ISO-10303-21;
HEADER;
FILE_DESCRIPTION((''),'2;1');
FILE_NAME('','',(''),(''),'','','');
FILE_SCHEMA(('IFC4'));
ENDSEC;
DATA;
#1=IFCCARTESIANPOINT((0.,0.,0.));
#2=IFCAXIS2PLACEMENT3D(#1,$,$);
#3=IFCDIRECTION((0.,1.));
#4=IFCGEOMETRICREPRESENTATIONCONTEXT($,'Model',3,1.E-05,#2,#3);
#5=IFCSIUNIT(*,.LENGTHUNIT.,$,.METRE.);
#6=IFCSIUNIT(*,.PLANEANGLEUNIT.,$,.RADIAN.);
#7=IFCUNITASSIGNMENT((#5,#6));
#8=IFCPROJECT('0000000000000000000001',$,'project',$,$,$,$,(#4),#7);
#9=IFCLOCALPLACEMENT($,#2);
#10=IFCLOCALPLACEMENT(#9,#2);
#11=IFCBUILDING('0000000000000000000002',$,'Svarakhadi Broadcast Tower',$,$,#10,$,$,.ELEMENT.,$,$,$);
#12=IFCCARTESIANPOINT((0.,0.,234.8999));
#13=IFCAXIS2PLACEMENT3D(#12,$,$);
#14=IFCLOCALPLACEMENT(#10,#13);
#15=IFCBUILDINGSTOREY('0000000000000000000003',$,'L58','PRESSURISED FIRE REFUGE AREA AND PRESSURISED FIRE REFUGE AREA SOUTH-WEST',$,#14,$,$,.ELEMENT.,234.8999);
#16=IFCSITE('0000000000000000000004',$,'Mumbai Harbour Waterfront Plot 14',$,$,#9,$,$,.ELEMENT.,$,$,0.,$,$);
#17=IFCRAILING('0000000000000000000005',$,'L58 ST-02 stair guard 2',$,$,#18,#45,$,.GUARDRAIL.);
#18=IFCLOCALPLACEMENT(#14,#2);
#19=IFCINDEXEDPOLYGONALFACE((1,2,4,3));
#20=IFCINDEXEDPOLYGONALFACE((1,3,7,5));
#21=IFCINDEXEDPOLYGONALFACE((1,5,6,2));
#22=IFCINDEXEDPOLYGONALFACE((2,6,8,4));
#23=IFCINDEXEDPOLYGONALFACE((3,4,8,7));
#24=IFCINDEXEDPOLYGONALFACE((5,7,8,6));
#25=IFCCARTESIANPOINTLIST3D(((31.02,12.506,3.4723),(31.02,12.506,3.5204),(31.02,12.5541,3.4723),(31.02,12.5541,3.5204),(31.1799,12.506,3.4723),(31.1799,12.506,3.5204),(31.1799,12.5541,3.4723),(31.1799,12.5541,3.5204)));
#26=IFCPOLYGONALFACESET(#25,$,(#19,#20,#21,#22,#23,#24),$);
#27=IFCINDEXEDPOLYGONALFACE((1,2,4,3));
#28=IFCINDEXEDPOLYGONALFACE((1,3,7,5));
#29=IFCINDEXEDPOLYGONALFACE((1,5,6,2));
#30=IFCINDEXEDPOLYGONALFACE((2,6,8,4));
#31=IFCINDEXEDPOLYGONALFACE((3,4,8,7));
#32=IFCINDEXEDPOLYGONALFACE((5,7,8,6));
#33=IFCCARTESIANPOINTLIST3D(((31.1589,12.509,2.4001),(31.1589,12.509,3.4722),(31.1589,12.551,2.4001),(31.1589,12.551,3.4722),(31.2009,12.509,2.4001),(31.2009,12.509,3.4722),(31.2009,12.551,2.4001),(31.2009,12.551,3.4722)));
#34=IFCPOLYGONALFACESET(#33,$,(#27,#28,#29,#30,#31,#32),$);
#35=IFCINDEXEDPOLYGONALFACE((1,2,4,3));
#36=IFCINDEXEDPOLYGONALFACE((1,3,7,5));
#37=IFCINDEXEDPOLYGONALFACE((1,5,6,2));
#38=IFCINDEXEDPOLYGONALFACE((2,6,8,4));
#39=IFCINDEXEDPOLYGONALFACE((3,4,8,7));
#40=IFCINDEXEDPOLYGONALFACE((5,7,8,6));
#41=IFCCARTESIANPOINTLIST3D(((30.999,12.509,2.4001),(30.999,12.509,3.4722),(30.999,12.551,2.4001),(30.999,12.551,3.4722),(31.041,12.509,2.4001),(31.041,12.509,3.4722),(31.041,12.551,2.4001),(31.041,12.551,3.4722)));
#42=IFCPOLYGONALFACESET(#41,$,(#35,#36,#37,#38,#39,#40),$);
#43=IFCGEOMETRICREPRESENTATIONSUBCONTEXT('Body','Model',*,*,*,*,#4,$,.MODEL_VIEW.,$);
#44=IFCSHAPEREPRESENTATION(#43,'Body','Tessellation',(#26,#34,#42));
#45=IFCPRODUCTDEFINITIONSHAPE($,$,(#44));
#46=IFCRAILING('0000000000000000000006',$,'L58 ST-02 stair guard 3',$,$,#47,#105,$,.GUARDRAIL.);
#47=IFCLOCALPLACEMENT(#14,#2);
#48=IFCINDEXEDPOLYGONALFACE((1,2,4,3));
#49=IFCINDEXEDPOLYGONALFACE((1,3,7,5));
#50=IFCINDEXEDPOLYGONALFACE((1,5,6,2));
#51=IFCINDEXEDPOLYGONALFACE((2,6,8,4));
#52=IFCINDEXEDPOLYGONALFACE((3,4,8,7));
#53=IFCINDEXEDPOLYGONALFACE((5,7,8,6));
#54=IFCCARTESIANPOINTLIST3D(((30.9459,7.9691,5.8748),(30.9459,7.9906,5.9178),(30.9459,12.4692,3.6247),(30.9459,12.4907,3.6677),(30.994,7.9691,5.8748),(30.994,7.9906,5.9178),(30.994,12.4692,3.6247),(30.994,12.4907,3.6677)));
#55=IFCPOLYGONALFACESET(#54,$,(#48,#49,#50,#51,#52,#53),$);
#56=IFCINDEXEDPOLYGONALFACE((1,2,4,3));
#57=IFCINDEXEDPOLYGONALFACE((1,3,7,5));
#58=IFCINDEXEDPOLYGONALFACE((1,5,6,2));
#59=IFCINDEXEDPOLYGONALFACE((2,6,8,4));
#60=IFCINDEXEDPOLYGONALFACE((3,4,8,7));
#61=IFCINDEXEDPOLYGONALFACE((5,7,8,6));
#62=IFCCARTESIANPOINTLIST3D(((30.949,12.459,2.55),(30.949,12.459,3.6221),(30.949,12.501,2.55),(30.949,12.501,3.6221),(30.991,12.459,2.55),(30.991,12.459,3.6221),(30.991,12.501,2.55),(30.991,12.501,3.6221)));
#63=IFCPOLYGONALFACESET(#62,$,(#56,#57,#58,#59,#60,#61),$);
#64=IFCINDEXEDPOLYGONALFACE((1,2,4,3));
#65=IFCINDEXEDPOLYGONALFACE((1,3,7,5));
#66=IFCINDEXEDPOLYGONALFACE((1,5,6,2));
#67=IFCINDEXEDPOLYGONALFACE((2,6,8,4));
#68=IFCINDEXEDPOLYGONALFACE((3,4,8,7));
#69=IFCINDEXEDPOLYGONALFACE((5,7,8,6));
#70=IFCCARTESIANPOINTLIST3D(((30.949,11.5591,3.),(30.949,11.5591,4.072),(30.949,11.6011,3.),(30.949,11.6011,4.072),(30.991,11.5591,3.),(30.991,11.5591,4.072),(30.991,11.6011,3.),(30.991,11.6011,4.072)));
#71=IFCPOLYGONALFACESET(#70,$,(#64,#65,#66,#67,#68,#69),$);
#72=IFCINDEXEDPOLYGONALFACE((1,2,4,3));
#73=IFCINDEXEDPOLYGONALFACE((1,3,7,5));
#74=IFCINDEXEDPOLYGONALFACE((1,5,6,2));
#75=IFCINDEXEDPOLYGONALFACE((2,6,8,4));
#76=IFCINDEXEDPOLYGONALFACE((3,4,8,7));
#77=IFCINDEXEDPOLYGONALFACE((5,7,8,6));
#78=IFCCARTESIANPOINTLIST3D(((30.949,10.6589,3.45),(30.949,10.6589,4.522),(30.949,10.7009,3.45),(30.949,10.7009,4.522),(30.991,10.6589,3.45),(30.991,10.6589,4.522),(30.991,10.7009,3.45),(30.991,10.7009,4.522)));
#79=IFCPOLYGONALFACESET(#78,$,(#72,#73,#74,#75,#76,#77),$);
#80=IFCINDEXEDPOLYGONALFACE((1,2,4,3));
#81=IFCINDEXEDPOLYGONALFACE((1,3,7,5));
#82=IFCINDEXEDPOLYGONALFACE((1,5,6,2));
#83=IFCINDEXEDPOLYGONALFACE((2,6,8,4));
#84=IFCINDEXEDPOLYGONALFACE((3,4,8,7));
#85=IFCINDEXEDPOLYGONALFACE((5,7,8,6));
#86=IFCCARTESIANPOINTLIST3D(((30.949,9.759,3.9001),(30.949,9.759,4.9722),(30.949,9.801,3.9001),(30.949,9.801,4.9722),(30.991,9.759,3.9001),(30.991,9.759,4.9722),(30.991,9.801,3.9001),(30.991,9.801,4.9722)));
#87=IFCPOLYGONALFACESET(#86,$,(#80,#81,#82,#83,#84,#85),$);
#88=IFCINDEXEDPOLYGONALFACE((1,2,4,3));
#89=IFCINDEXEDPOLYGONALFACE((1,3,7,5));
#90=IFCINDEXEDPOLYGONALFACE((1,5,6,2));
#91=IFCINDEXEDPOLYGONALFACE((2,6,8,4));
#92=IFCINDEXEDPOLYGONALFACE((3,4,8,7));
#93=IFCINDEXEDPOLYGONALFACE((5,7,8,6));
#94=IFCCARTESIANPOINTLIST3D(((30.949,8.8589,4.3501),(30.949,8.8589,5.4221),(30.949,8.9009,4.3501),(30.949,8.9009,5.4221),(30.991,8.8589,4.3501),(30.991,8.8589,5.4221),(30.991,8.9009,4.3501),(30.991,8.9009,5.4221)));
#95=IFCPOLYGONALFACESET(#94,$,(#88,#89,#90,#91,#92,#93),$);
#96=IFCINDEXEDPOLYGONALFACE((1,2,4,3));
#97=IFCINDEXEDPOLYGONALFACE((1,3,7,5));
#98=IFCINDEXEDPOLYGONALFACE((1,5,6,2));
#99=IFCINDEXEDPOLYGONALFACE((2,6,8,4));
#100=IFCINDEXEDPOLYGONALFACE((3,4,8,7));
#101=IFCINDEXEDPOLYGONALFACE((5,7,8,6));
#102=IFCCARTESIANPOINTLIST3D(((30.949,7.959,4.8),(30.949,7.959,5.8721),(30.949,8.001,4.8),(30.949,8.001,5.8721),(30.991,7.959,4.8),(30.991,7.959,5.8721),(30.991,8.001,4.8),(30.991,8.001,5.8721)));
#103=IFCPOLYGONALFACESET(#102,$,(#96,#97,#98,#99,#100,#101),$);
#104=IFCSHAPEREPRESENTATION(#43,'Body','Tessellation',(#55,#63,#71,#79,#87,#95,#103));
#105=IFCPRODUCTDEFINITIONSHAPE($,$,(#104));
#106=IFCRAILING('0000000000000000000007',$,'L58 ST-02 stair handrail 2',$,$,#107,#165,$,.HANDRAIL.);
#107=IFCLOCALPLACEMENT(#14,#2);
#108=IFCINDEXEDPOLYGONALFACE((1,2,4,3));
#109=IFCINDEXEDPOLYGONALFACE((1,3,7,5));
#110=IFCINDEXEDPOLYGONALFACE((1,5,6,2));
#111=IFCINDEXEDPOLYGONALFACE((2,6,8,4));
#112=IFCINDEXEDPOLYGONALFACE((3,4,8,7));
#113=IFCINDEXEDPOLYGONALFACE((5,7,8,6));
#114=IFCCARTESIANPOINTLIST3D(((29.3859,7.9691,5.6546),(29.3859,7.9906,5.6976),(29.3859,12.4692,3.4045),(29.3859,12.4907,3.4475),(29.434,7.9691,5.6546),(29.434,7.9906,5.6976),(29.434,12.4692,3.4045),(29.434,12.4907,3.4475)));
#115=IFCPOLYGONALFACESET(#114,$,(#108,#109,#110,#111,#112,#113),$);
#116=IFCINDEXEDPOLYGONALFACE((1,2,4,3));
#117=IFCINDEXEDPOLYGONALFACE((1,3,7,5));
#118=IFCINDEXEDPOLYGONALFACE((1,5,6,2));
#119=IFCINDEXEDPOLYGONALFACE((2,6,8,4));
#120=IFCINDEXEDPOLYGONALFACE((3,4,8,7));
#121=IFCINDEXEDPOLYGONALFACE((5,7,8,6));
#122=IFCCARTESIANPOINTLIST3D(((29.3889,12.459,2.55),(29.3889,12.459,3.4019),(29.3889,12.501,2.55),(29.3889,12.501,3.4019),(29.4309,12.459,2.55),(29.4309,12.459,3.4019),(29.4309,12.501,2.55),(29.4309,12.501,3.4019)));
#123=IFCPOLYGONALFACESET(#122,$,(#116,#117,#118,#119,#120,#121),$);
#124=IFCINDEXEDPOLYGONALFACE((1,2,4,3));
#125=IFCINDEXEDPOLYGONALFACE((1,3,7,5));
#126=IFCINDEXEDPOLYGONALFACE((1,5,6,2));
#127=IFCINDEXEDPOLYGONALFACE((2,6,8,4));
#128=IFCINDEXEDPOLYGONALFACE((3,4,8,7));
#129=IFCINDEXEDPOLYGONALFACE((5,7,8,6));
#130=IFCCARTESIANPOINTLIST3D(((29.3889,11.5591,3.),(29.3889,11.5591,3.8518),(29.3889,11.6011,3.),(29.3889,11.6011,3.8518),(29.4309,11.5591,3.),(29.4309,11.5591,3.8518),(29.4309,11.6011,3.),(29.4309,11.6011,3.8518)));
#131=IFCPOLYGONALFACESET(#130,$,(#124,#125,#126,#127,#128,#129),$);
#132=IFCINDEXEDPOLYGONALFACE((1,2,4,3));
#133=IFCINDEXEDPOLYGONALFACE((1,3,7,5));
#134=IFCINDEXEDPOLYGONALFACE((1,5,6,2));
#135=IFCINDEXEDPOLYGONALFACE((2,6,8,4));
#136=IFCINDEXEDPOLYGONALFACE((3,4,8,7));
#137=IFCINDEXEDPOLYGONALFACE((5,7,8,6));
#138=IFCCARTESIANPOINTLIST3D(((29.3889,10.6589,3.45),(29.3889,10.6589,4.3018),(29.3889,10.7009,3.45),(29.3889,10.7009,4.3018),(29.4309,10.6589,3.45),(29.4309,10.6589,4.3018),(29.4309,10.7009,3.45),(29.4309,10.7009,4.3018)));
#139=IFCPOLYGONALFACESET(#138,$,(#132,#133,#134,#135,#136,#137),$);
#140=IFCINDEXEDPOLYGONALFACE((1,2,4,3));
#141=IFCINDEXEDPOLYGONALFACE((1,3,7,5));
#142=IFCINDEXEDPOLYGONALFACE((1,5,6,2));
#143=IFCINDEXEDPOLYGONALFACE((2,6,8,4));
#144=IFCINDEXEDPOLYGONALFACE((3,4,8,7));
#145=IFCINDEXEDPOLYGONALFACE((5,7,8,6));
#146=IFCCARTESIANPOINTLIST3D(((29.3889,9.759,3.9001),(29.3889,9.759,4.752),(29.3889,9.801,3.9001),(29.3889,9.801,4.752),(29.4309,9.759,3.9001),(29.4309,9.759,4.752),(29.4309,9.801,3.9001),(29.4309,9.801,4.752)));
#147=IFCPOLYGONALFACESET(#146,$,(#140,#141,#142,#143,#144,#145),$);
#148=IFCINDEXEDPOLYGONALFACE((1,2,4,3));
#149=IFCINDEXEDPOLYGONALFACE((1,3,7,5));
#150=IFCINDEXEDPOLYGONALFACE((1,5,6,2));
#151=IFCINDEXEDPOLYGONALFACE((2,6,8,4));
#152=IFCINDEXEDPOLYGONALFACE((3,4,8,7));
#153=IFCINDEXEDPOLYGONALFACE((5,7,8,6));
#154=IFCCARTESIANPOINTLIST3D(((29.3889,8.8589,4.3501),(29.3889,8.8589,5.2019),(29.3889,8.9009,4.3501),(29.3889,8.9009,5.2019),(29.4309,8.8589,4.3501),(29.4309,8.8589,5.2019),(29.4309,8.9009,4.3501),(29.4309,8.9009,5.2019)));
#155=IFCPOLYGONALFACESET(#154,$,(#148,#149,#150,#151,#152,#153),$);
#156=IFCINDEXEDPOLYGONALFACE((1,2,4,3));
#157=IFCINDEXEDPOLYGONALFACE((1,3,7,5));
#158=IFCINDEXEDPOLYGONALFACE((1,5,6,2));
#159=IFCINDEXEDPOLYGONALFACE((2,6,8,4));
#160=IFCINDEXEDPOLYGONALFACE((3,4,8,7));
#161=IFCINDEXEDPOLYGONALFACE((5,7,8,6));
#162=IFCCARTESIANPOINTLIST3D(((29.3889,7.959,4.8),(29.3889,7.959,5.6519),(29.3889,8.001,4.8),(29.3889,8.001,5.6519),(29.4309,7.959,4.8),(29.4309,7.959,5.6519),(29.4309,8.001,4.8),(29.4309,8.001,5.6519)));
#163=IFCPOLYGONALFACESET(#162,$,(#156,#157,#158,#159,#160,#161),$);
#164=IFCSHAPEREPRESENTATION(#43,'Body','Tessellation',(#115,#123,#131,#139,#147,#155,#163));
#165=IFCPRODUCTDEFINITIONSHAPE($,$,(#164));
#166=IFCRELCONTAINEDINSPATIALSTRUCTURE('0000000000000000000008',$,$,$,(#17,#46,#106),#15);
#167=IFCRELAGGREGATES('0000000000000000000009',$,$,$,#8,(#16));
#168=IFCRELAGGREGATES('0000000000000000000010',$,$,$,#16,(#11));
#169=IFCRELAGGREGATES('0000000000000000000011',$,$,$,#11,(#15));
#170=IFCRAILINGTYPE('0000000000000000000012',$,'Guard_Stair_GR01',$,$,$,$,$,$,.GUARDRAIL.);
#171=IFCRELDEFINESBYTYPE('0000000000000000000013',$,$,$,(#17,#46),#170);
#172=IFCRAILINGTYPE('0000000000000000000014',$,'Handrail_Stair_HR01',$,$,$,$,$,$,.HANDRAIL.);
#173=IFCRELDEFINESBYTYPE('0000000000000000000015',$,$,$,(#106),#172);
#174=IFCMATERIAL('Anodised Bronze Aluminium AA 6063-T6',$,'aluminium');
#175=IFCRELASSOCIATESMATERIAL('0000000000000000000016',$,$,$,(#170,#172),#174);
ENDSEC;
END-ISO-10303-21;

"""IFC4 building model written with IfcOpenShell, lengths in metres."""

from ifc_helpers import new_model, si_unit, direction, frame, origin, origin_2d, place, context, subcontext, project, spatial, rectangle, extrude, material, type_object, element, save


model = new_model("IFC4")

# Units and contexts
model_context = context("Model", 3, precision=1e-05, world=origin(), true_north=direction((0.0, 1.0)))
body_context = subcontext(model_context, "Body", "Model", "MODEL_VIEW")
ifc_project = project(units=[si_unit("LENGTHUNIT", "METRE"), si_unit("PLANEANGLEUNIT", "RADIAN")], contexts=[model_context])

# Site, building, storey
site_placement = place(None, origin())
site = spatial("IfcSite", under=ifc_project, at=site_placement, Name="Mumbai Harbour Waterfront Plot 14", CompositionType="ELEMENT", RefElevation=0.0)
building_placement = place(site_placement, origin())
building = spatial("IfcBuilding", under=site, at=building_placement, Name="Svarakhadi Broadcast Tower", CompositionType="ELEMENT")
storey_placement = place(building_placement, frame((0.0, 0.0, 234.8999)))
storey = spatial("IfcBuildingStorey", under=building, at=storey_placement, Name="L58", Description="PRESSURISED FIRE REFUGE AREA AND PRESSURISED FIRE REFUGE AREA SOUTH-WEST", CompositionType="ELEMENT", Elevation=234.8999)

# Railings
ifc_material_1 = material(Name="Anodised Bronze Aluminium AA 6063-T6", Category="aluminium")
railing_type_1 = type_object("IfcRailingType", Name="Guard_Stair_GR01", PredefinedType="GUARDRAIL", material=ifc_material_1)
railing_1_placement = place(storey_placement, frame((31.1799, 12.53, 2.4001)))
element("IfcRailing", 1, at=railing_1_placement, inside=storey, type_object=railing_type_1, Name="L58 ST-02 stair guard 2", PredefinedType="GUARDRAIL", context=body_context, shape_type="SweptSolid", body=[
    extrude(rectangle(XDim=0.0481, YDim=0.0481, at=origin_2d()), frame((0.0, 0.0, 1.0962), z_axis=(-1.0, 0.0, 0.0), x_axis=(0.0, -1.0, 0.0)), (0.0, 0.0, 1.0), 0.1599),
    extrude(rectangle(XDim=0.042, YDim=0.042, at=origin_2d()), origin(), (0.0, 0.0, 1.0), 1.072),
    extrude(rectangle(XDim=0.042, YDim=0.042, at=origin_2d()), frame((-0.1599, 0.0, 0.0)), (0.0, 0.0, 1.0), 1.072),
])
railing_2_placement = place(storey_placement, frame((30.97, 12.48, 2.55)))
element("IfcRailing", 2, at=railing_2_placement, inside=storey, type_object=railing_type_1, Name="L58 ST-02 stair guard 3", PredefinedType="GUARDRAIL", context=body_context, shape_type="SweptSolid", body=[
    extrude(rectangle(XDim=0.0481, YDim=0.0481, at=origin_2d()), frame((0.0, 0.0, 1.0962), z_axis=(0.0, -0.894427, 0.447214), x_axis=(1.0, 0.0, 0.0)), (0.0, 0.0, 1.0), 5.0312),
    extrude(rectangle(XDim=0.042, YDim=0.042, at=origin_2d()), origin(), (0.0, 0.0, 1.0), 1.072),
    extrude(rectangle(XDim=0.042, YDim=0.042, at=origin_2d()), frame((0.0, -0.8999, 0.45)), (0.0, 0.0, 1.0), 1.072),
    extrude(rectangle(XDim=0.042, YDim=0.042, at=origin_2d()), frame((0.0, -1.8, 0.8999)), (0.0, 0.0, 1.0), 1.072),
    extrude(rectangle(XDim=0.042, YDim=0.042, at=origin_2d()), frame((0.0, -2.7, 1.3501)), (0.0, 0.0, 1.0), 1.072),
    extrude(rectangle(XDim=0.042, YDim=0.042, at=origin_2d()), frame((0.0, -3.6001, 1.8)), (0.0, 0.0, 1.0), 1.072),
    extrude(rectangle(XDim=0.042, YDim=0.042, at=origin_2d()), frame((0.0, -4.5, 2.25)), (0.0, 0.0, 1.0), 1.072),
])
railing_type_2 = type_object("IfcRailingType", Name="Handrail_Stair_HR01", PredefinedType="HANDRAIL", material=ifc_material_1)
railing_3_placement = place(storey_placement, frame((29.4099, 12.48, 2.55)))
element("IfcRailing", 3, at=railing_3_placement, inside=storey, type_object=railing_type_2, Name="L58 ST-02 stair handrail 2", PredefinedType="HANDRAIL", context=body_context, shape_type="SweptSolid", body=[
    extrude(rectangle(XDim=0.0481, YDim=0.0481, at=origin_2d()), frame((0.0, 0.0, 0.876), z_axis=(0.0, -0.894427, 0.447214), x_axis=(1.0, 0.0, 0.0)), (0.0, 0.0, 1.0), 5.0312),
    extrude(rectangle(XDim=0.042, YDim=0.042, at=origin_2d()), origin(), (0.0, 0.0, 1.0), 0.8518),
    extrude(rectangle(XDim=0.042, YDim=0.042, at=origin_2d()), frame((0.0, -0.8999, 0.45)), (0.0, 0.0, 1.0), 0.8518),
    extrude(rectangle(XDim=0.042, YDim=0.042, at=origin_2d()), frame((0.0, -1.8, 0.8999)), (0.0, 0.0, 1.0), 0.8518),
    extrude(rectangle(XDim=0.042, YDim=0.042, at=origin_2d()), frame((0.0, -2.7, 1.3501)), (0.0, 0.0, 1.0), 0.8518),
    extrude(rectangle(XDim=0.042, YDim=0.042, at=origin_2d()), frame((0.0, -3.6001, 1.8)), (0.0, 0.0, 1.0), 0.8518),
    extrude(rectangle(XDim=0.042, YDim=0.042, at=origin_2d()), frame((0.0, -4.5, 2.25)), (0.0, 0.0, 1.0), 0.8518),
])

save(model, "model.ifc")
